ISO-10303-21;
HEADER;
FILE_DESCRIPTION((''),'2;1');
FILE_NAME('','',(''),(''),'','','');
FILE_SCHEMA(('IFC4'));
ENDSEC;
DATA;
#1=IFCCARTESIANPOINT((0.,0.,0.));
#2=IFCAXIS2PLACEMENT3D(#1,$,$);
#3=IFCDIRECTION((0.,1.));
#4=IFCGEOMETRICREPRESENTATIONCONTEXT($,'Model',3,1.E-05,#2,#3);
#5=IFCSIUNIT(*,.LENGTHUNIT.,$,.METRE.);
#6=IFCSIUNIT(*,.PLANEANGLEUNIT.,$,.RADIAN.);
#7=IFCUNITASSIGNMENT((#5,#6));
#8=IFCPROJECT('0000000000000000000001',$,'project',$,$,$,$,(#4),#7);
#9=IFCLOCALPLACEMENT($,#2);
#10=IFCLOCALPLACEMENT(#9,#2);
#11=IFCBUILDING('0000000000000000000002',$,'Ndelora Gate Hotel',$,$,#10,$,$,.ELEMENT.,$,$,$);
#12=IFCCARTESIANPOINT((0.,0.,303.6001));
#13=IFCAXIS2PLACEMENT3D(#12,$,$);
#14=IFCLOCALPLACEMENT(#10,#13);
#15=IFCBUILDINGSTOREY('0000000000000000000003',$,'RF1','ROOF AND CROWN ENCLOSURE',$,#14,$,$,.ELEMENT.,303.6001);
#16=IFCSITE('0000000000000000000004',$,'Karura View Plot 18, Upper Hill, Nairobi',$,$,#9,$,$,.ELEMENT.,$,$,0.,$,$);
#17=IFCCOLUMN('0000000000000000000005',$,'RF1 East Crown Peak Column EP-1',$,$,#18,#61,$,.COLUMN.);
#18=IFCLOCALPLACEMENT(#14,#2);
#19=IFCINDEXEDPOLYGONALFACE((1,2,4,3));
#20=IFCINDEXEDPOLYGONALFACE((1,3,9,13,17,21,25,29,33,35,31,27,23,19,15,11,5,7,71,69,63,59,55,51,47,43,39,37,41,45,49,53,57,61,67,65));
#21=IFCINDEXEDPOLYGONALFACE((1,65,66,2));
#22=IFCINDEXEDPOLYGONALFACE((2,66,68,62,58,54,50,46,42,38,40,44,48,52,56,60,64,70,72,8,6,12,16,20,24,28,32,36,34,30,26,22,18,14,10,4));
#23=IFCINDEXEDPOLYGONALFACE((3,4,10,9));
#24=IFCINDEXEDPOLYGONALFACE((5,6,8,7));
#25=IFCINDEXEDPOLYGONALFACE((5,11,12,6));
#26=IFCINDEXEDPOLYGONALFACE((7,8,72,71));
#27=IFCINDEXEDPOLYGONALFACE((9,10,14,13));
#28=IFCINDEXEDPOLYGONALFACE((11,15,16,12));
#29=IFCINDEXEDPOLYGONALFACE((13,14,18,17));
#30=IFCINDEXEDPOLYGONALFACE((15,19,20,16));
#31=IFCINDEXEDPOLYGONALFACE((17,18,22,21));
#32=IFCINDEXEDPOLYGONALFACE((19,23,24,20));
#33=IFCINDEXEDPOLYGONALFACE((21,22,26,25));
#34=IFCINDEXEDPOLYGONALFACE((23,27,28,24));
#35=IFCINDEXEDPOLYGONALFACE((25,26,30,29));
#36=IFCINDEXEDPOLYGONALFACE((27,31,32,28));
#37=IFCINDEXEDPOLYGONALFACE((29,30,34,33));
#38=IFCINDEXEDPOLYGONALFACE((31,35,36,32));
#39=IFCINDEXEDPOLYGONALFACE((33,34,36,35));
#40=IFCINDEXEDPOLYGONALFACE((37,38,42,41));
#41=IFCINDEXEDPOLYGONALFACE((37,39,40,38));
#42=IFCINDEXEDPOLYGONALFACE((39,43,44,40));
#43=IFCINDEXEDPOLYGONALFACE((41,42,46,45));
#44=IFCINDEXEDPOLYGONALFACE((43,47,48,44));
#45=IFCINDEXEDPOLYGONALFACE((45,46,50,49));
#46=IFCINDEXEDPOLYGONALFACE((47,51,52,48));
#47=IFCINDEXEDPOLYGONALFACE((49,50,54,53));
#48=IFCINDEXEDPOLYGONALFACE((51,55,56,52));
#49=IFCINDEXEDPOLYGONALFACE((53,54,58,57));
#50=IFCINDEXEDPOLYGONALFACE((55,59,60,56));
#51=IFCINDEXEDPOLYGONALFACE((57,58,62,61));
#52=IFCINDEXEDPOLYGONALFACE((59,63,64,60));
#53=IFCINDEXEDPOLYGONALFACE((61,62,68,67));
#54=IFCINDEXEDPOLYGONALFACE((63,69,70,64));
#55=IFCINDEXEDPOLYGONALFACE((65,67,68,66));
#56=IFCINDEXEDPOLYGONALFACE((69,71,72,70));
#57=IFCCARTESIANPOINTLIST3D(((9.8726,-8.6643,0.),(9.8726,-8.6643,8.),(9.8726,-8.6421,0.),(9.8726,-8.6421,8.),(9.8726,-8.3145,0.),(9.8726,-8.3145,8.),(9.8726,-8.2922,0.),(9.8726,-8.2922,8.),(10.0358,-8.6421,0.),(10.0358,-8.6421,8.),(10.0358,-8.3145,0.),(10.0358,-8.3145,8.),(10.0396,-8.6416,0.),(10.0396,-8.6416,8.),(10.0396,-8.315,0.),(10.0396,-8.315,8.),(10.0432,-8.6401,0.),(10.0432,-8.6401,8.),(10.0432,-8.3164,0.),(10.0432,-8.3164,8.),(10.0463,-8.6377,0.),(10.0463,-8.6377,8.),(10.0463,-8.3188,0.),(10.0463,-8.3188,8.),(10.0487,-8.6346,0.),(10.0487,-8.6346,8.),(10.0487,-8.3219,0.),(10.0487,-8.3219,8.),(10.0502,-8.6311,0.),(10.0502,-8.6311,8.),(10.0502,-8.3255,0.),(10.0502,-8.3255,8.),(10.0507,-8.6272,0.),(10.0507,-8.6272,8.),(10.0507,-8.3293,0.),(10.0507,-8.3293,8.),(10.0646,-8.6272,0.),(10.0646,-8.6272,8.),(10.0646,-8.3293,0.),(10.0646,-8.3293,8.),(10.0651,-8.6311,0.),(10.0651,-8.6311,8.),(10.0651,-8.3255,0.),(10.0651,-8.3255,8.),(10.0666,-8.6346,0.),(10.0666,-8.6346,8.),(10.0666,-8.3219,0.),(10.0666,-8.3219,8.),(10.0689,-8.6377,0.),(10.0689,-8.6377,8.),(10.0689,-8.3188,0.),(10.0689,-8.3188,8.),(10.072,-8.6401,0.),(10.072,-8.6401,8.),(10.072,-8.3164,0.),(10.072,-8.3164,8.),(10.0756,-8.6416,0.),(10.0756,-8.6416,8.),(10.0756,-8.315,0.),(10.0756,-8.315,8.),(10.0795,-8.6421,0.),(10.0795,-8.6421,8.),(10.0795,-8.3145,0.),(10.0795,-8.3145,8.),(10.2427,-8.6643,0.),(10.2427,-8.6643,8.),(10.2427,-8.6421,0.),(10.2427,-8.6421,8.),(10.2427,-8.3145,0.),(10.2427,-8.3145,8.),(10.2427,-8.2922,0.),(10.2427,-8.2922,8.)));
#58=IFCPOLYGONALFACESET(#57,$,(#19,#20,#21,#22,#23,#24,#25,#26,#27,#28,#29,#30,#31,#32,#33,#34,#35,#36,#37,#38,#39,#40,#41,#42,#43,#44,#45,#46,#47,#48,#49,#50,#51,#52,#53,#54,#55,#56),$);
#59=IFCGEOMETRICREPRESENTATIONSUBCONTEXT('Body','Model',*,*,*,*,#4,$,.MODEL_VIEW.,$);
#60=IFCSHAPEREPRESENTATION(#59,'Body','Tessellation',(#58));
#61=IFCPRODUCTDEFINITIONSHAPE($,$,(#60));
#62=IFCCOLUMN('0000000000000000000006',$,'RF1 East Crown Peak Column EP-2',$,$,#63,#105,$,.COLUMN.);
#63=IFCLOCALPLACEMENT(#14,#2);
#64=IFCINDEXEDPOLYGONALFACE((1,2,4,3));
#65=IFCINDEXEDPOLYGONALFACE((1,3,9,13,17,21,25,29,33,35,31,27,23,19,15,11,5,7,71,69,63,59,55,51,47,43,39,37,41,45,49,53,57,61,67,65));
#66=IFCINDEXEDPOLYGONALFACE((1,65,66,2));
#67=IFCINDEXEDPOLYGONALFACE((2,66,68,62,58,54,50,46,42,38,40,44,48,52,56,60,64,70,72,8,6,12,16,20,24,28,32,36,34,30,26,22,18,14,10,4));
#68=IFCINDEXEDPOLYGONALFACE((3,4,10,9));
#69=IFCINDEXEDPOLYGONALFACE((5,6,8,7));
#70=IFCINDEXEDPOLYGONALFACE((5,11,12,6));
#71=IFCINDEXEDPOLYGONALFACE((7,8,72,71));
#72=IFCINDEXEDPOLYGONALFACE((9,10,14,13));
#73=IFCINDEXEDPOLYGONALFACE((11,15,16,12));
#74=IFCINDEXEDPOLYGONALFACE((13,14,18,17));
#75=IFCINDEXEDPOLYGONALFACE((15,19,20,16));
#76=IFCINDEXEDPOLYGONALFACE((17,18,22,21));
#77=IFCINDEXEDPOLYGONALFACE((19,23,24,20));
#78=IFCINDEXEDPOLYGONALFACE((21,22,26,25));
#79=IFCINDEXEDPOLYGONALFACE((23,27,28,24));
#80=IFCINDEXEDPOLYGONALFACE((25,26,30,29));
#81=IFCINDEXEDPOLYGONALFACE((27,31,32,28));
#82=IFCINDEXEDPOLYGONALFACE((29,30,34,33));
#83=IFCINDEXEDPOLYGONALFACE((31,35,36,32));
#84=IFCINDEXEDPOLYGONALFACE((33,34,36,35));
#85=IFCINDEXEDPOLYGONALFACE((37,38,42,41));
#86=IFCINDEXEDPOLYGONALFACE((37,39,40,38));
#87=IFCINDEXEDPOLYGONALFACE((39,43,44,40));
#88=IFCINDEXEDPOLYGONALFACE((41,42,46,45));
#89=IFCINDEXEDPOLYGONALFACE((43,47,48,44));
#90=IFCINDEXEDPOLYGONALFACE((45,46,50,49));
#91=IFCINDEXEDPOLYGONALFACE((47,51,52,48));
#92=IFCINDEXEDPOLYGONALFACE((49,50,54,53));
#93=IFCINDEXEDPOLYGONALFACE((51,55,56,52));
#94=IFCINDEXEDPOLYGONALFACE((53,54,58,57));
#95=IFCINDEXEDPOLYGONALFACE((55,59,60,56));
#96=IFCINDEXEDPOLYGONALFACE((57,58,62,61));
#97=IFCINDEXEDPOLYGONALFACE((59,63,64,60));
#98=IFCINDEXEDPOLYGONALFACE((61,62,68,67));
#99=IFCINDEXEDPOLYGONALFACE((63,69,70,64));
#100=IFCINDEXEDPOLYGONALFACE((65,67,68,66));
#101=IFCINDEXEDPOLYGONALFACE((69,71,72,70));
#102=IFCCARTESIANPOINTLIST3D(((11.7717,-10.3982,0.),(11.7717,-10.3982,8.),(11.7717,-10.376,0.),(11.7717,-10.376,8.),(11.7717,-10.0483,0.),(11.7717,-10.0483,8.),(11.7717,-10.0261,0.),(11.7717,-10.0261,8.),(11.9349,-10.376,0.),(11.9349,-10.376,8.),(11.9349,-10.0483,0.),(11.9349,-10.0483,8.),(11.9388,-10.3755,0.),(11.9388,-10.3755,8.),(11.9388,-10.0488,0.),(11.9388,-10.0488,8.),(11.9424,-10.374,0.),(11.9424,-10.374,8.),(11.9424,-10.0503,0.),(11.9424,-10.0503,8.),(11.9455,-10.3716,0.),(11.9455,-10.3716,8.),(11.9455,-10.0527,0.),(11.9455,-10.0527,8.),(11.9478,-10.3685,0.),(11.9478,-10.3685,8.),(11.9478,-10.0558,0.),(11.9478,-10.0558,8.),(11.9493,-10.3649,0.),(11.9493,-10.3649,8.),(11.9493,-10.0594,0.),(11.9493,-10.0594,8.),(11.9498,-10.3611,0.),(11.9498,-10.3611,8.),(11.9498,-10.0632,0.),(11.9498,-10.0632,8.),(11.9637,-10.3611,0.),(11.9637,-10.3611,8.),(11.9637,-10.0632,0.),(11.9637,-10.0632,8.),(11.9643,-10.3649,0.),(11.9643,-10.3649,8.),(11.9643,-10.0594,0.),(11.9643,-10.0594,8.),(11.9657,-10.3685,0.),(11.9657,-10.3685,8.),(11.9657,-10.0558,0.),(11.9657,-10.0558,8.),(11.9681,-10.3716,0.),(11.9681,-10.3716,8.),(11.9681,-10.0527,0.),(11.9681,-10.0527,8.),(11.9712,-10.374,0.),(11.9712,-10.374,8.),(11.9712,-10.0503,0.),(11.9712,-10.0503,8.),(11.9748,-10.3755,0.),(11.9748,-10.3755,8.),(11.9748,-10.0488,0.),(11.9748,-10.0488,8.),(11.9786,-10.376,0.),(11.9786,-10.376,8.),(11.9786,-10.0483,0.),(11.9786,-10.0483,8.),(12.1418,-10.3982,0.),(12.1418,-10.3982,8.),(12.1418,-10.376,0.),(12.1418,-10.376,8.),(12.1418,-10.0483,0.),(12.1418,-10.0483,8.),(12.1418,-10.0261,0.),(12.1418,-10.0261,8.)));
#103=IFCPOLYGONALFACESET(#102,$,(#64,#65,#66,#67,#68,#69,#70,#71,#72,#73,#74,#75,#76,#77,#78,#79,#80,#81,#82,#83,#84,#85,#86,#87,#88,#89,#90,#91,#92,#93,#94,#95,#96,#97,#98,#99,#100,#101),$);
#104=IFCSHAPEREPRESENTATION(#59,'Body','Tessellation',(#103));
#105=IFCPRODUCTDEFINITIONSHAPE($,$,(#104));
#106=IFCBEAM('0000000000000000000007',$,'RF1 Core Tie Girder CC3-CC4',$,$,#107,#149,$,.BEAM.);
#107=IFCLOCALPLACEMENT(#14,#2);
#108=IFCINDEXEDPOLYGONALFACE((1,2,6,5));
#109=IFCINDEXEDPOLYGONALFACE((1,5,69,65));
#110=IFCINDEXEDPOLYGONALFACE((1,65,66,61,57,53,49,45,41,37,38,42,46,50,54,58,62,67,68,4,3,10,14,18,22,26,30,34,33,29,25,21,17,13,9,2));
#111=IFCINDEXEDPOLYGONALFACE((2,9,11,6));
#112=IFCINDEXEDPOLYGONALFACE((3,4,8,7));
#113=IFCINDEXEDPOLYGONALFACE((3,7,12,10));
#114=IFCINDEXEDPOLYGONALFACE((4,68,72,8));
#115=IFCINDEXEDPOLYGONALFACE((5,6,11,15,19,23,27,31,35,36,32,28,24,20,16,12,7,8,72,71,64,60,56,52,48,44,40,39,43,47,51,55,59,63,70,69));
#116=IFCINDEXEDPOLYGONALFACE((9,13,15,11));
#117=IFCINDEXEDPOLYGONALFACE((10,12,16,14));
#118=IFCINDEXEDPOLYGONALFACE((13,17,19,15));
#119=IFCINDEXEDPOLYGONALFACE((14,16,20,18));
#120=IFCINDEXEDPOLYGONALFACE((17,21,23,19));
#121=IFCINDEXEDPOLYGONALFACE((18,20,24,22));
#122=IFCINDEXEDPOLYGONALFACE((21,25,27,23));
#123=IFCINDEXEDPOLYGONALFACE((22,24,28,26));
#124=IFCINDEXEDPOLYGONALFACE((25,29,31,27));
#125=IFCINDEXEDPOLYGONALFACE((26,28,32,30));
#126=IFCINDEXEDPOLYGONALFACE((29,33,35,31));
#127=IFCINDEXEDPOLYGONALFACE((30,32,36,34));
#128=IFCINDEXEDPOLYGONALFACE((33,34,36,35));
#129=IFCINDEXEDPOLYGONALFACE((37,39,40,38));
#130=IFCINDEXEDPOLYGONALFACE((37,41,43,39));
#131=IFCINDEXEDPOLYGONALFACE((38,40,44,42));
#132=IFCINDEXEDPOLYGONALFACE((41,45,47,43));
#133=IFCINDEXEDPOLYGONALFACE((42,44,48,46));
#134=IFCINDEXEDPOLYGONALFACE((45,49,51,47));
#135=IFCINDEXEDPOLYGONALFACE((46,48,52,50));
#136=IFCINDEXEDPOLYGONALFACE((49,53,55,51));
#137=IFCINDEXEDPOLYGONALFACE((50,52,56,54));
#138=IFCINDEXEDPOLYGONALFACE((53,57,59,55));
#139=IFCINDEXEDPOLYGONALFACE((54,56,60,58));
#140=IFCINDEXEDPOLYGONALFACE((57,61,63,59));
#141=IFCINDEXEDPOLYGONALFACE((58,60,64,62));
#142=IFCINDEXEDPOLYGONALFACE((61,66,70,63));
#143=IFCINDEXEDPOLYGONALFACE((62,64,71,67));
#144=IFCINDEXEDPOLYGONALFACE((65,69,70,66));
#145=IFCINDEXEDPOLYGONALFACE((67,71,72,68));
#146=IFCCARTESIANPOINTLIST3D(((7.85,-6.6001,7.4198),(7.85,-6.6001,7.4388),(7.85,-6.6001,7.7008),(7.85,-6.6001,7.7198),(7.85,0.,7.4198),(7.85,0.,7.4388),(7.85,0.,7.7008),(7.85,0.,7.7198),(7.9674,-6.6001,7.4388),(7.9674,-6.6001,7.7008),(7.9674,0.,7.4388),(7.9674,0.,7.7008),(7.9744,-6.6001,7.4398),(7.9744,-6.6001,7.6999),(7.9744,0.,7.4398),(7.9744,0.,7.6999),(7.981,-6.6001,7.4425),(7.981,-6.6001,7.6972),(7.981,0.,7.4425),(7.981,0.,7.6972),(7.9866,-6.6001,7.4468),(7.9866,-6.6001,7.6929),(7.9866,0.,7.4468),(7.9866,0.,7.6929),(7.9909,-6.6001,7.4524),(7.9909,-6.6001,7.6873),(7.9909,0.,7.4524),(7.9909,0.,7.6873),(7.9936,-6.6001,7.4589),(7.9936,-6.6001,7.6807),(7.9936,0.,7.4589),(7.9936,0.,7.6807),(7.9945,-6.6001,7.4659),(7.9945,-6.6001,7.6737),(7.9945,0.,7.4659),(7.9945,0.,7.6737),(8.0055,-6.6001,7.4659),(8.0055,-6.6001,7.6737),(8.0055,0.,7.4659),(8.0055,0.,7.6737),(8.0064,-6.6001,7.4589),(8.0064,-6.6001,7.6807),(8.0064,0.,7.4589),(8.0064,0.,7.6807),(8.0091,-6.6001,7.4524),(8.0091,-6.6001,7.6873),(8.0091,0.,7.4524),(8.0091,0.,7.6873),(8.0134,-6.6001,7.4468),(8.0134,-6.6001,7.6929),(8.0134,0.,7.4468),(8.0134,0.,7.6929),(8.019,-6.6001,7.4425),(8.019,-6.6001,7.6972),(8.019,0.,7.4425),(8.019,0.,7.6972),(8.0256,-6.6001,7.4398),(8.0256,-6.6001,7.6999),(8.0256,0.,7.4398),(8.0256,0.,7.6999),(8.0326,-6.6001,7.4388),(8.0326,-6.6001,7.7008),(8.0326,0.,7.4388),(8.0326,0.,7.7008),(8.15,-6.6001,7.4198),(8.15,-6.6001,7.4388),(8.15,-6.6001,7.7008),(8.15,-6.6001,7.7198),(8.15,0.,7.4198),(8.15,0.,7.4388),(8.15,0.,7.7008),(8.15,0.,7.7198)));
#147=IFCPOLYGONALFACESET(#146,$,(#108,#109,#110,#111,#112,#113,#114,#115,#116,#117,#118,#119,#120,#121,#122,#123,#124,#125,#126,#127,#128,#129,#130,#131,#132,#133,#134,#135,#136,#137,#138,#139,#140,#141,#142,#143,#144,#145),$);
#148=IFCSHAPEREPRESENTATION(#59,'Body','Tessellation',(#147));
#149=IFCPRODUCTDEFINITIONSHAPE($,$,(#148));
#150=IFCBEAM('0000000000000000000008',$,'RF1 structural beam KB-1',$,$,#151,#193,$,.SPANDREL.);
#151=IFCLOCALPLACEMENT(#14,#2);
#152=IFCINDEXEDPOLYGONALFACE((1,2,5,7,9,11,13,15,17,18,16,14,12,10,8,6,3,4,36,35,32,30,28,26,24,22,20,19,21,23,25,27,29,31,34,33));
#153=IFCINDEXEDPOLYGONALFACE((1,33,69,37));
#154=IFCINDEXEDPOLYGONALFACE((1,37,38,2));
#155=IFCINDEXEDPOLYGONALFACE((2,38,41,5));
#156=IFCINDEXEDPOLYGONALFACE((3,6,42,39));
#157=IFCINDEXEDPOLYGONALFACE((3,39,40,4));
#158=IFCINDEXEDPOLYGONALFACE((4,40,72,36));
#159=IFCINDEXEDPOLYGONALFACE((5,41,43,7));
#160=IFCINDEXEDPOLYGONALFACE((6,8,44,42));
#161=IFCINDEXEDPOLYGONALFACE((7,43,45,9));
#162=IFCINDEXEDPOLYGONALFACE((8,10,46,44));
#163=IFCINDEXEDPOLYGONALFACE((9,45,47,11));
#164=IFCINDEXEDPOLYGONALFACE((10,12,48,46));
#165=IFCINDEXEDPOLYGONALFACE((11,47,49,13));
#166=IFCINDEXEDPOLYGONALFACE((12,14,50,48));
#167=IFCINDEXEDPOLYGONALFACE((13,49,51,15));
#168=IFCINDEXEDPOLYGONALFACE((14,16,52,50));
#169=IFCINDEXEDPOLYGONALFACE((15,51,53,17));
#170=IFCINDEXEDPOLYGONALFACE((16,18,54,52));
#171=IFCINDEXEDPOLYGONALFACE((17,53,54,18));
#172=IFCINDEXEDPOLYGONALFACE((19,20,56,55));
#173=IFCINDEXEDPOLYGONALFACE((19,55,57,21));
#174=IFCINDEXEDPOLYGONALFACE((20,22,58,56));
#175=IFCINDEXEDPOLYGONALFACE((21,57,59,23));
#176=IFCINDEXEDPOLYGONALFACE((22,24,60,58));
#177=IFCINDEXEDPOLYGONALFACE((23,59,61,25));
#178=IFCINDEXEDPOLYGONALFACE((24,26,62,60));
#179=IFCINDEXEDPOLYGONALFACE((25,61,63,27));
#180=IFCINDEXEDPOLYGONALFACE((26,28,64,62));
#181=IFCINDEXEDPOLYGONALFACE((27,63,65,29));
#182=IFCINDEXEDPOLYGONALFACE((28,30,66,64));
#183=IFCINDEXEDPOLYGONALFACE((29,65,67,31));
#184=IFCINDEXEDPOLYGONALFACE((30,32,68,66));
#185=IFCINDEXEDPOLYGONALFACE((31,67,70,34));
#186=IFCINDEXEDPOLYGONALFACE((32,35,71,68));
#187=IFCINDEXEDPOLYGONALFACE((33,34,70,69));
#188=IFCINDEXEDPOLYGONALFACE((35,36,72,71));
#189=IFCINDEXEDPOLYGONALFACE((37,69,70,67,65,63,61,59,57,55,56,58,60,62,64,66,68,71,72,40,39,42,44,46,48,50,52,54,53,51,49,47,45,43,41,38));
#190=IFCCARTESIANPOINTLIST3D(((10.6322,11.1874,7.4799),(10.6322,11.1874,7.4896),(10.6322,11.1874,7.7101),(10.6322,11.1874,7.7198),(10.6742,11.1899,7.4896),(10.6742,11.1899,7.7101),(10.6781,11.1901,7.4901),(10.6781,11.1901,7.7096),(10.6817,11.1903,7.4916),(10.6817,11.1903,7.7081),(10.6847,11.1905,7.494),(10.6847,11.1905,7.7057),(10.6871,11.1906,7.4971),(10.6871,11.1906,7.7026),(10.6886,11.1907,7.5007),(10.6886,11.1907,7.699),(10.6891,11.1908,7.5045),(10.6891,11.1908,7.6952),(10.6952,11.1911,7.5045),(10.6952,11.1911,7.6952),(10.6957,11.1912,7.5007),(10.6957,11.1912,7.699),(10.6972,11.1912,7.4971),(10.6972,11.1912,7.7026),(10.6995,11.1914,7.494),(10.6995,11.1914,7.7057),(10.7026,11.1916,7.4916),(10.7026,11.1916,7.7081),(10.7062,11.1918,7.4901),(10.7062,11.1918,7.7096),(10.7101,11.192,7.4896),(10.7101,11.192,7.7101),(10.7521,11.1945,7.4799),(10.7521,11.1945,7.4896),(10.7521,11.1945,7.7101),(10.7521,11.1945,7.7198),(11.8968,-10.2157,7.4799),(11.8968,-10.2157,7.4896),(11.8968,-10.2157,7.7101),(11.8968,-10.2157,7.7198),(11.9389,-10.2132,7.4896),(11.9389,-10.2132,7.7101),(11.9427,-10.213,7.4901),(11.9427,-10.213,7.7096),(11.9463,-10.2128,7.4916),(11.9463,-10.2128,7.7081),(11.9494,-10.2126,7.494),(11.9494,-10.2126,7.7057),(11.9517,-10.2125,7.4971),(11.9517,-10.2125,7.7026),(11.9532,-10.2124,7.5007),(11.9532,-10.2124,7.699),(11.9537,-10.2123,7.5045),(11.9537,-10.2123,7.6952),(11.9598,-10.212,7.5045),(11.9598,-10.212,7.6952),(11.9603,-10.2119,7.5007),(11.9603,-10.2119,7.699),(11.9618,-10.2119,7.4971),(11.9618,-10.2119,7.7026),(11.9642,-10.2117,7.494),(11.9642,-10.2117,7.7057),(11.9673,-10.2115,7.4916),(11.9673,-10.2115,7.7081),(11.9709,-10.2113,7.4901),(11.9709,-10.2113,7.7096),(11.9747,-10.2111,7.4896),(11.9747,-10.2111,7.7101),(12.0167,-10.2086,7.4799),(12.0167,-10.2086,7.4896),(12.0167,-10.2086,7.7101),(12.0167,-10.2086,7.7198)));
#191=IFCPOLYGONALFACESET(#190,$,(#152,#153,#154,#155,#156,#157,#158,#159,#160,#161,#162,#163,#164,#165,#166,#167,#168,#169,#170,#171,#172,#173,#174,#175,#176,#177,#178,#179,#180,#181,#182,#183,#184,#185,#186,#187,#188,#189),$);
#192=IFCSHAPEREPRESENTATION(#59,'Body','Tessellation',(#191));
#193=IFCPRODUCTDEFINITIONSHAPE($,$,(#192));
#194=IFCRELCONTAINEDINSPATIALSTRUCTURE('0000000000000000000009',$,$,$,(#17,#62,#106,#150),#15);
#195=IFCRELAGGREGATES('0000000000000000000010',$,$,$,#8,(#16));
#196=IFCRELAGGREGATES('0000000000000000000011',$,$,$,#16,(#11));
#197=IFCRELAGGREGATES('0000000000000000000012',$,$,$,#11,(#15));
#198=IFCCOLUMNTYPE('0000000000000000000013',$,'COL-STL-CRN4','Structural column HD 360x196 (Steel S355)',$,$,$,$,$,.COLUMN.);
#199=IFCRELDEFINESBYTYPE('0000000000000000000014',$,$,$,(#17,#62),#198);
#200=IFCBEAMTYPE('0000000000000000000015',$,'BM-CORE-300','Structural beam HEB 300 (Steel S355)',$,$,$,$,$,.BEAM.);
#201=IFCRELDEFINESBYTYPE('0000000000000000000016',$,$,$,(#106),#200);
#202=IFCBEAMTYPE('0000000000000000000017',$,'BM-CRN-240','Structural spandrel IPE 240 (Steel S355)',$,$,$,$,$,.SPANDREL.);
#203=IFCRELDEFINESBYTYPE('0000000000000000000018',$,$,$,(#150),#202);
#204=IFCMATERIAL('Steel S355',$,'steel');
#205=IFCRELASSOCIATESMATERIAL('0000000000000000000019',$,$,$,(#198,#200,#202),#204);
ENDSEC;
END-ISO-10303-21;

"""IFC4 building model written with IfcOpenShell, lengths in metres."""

from ifc_helpers import new_model, si_unit, direction, frame, origin, origin_2d, place, context, subcontext, project, spatial, i_section, extrude, material, material_profile, profile_set, type_object, element, save


model = new_model("IFC4")

# Units and contexts
model_context = context("Model", 3, precision=1e-05, world=origin(), true_north=direction((0.0, 1.0)))
body_context = subcontext(model_context, "Body", "Model", "MODEL_VIEW")
ifc_project = project(units=[si_unit("LENGTHUNIT", "METRE"), si_unit("PLANEANGLEUNIT", "RADIAN")], contexts=[model_context])

# Site, building, storey
site_placement = place(None, origin())
site = spatial("IfcSite", under=ifc_project, at=site_placement, Name="Karura View Plot 18, Upper Hill, Nairobi", CompositionType="ELEMENT", RefElevation=0.0)
building_placement = place(site_placement, origin())
building = spatial("IfcBuilding", under=site, at=building_placement, Name="Ndelora Gate Hotel", CompositionType="ELEMENT")
storey_placement = place(building_placement, frame((0.0, 0.0, 303.6001)))
storey = spatial("IfcBuildingStorey", under=building, at=storey_placement, Name="RF1", Description="ROOF AND CROWN ENCLOSURE", CompositionType="ELEMENT", Elevation=303.6001)

# Columns
ifc_material_1 = material(Name="Steel S355", Category="steel")
ifc_material_profile_1 = material_profile(ifc_material_1, i_section(OverallWidth=0.3701, OverallDepth=0.3721, WebThickness=0.0139, FlangeThickness=0.0222, FilletRadius=0.0149, at=origin_2d()), Name="HD 360x196")
ifc_profile_set_1 = profile_set([ifc_material_profile_1], Name="Steel S355")
column_type = type_object("IfcColumnType", Name="COL-STL-CRN4", Description="Structural column HD 360x196 (Steel S355)", PredefinedType="COLUMN", material=ifc_profile_set_1)
for number, where, z_axis, x_axis, name in (
    (1, (10.0576, -8.4783, 0.0), (0.0, 0.0, 1.0), (1.0, 0.0, 0.0), "RF1 East Crown Peak Column EP-1"),
    (2, (11.9568, -10.2122, 0.0), (0.0, 0.0, 1.0), (1.0, 0.0, 0.0), "RF1 East Crown Peak Column EP-2"),
):
    element("IfcColumn", number, at=place(storey_placement, frame(where, z_axis=z_axis, x_axis=x_axis)), inside=storey, type_object=column_type, Name=name, PredefinedType="COLUMN", context=body_context, shape_type="SweptSolid", body=[
        extrude(i_section(OverallWidth=0.3701, OverallDepth=0.3721, WebThickness=0.0139, FlangeThickness=0.0222, FilletRadius=0.0149, at=origin_2d()), origin(), (0.0, 0.0, 1.0), 8.0),
    ])

# Beams
ifc_material_profile_2 = material_profile(ifc_material_1, i_section(OverallWidth=0.3, OverallDepth=0.3, WebThickness=0.011, FlangeThickness=0.019, FilletRadius=0.0271, at=origin_2d()), Name="HEB 300")
ifc_profile_set_2 = profile_set([ifc_material_profile_2], Name="Steel S355")
beam_type_1 = type_object("IfcBeamType", Name="BM-CORE-300", Description="Structural beam HEB 300 (Steel S355)", PredefinedType="BEAM", material=ifc_profile_set_2)
beam_1_placement = place(storey_placement, frame((8.0, -6.6001, 7.5698), z_axis=(0.0, 1.0, 0.0), x_axis=(-1.0, 0.0, 0.0)))
element("IfcBeam", 3, at=beam_1_placement, inside=storey, type_object=beam_type_1, Name="RF1 Core Tie Girder CC3-CC4", PredefinedType="BEAM", context=body_context, shape_type="SweptSolid", body=[
    extrude(i_section(OverallWidth=0.3, OverallDepth=0.3, WebThickness=0.011, FlangeThickness=0.019, FilletRadius=0.0271, at=origin_2d()), origin(), (0.0, 0.0, 1.0), 6.6001),
])
ifc_material_profile_3 = material_profile(ifc_material_1, i_section(OverallWidth=0.1201, OverallDepth=0.24, WebThickness=0.0061, FlangeThickness=0.0098, FilletRadius=0.0149, at=origin_2d()), Name="IPE 240")
ifc_profile_set_3 = profile_set([ifc_material_profile_3], Name="Steel S355")
beam_type_2 = type_object("IfcBeamType", Name="BM-CRN-240", Description="Structural spandrel IPE 240 (Steel S355)", PredefinedType="SPANDREL", material=ifc_profile_set_3)
beam_2_placement = place(storey_placement, frame((11.9568, -10.2122, 7.5999), z_axis=(-0.058984, 0.998259, 0.0), x_axis=(-0.998259, -0.058984, 0.0)))
element("IfcBeam", 4, at=beam_2_placement, inside=storey, type_object=beam_type_2, Name="RF1 structural beam KB-1", PredefinedType="SPANDREL", context=body_context, shape_type="SweptSolid", body=[
    extrude(i_section(OverallWidth=0.1201, OverallDepth=0.24, WebThickness=0.0061, FlangeThickness=0.0098, FilletRadius=0.0149, at=origin_2d()), origin(), (0.0, 0.0, 1.0), 21.4404),
])

save(model, "model.ifc")
